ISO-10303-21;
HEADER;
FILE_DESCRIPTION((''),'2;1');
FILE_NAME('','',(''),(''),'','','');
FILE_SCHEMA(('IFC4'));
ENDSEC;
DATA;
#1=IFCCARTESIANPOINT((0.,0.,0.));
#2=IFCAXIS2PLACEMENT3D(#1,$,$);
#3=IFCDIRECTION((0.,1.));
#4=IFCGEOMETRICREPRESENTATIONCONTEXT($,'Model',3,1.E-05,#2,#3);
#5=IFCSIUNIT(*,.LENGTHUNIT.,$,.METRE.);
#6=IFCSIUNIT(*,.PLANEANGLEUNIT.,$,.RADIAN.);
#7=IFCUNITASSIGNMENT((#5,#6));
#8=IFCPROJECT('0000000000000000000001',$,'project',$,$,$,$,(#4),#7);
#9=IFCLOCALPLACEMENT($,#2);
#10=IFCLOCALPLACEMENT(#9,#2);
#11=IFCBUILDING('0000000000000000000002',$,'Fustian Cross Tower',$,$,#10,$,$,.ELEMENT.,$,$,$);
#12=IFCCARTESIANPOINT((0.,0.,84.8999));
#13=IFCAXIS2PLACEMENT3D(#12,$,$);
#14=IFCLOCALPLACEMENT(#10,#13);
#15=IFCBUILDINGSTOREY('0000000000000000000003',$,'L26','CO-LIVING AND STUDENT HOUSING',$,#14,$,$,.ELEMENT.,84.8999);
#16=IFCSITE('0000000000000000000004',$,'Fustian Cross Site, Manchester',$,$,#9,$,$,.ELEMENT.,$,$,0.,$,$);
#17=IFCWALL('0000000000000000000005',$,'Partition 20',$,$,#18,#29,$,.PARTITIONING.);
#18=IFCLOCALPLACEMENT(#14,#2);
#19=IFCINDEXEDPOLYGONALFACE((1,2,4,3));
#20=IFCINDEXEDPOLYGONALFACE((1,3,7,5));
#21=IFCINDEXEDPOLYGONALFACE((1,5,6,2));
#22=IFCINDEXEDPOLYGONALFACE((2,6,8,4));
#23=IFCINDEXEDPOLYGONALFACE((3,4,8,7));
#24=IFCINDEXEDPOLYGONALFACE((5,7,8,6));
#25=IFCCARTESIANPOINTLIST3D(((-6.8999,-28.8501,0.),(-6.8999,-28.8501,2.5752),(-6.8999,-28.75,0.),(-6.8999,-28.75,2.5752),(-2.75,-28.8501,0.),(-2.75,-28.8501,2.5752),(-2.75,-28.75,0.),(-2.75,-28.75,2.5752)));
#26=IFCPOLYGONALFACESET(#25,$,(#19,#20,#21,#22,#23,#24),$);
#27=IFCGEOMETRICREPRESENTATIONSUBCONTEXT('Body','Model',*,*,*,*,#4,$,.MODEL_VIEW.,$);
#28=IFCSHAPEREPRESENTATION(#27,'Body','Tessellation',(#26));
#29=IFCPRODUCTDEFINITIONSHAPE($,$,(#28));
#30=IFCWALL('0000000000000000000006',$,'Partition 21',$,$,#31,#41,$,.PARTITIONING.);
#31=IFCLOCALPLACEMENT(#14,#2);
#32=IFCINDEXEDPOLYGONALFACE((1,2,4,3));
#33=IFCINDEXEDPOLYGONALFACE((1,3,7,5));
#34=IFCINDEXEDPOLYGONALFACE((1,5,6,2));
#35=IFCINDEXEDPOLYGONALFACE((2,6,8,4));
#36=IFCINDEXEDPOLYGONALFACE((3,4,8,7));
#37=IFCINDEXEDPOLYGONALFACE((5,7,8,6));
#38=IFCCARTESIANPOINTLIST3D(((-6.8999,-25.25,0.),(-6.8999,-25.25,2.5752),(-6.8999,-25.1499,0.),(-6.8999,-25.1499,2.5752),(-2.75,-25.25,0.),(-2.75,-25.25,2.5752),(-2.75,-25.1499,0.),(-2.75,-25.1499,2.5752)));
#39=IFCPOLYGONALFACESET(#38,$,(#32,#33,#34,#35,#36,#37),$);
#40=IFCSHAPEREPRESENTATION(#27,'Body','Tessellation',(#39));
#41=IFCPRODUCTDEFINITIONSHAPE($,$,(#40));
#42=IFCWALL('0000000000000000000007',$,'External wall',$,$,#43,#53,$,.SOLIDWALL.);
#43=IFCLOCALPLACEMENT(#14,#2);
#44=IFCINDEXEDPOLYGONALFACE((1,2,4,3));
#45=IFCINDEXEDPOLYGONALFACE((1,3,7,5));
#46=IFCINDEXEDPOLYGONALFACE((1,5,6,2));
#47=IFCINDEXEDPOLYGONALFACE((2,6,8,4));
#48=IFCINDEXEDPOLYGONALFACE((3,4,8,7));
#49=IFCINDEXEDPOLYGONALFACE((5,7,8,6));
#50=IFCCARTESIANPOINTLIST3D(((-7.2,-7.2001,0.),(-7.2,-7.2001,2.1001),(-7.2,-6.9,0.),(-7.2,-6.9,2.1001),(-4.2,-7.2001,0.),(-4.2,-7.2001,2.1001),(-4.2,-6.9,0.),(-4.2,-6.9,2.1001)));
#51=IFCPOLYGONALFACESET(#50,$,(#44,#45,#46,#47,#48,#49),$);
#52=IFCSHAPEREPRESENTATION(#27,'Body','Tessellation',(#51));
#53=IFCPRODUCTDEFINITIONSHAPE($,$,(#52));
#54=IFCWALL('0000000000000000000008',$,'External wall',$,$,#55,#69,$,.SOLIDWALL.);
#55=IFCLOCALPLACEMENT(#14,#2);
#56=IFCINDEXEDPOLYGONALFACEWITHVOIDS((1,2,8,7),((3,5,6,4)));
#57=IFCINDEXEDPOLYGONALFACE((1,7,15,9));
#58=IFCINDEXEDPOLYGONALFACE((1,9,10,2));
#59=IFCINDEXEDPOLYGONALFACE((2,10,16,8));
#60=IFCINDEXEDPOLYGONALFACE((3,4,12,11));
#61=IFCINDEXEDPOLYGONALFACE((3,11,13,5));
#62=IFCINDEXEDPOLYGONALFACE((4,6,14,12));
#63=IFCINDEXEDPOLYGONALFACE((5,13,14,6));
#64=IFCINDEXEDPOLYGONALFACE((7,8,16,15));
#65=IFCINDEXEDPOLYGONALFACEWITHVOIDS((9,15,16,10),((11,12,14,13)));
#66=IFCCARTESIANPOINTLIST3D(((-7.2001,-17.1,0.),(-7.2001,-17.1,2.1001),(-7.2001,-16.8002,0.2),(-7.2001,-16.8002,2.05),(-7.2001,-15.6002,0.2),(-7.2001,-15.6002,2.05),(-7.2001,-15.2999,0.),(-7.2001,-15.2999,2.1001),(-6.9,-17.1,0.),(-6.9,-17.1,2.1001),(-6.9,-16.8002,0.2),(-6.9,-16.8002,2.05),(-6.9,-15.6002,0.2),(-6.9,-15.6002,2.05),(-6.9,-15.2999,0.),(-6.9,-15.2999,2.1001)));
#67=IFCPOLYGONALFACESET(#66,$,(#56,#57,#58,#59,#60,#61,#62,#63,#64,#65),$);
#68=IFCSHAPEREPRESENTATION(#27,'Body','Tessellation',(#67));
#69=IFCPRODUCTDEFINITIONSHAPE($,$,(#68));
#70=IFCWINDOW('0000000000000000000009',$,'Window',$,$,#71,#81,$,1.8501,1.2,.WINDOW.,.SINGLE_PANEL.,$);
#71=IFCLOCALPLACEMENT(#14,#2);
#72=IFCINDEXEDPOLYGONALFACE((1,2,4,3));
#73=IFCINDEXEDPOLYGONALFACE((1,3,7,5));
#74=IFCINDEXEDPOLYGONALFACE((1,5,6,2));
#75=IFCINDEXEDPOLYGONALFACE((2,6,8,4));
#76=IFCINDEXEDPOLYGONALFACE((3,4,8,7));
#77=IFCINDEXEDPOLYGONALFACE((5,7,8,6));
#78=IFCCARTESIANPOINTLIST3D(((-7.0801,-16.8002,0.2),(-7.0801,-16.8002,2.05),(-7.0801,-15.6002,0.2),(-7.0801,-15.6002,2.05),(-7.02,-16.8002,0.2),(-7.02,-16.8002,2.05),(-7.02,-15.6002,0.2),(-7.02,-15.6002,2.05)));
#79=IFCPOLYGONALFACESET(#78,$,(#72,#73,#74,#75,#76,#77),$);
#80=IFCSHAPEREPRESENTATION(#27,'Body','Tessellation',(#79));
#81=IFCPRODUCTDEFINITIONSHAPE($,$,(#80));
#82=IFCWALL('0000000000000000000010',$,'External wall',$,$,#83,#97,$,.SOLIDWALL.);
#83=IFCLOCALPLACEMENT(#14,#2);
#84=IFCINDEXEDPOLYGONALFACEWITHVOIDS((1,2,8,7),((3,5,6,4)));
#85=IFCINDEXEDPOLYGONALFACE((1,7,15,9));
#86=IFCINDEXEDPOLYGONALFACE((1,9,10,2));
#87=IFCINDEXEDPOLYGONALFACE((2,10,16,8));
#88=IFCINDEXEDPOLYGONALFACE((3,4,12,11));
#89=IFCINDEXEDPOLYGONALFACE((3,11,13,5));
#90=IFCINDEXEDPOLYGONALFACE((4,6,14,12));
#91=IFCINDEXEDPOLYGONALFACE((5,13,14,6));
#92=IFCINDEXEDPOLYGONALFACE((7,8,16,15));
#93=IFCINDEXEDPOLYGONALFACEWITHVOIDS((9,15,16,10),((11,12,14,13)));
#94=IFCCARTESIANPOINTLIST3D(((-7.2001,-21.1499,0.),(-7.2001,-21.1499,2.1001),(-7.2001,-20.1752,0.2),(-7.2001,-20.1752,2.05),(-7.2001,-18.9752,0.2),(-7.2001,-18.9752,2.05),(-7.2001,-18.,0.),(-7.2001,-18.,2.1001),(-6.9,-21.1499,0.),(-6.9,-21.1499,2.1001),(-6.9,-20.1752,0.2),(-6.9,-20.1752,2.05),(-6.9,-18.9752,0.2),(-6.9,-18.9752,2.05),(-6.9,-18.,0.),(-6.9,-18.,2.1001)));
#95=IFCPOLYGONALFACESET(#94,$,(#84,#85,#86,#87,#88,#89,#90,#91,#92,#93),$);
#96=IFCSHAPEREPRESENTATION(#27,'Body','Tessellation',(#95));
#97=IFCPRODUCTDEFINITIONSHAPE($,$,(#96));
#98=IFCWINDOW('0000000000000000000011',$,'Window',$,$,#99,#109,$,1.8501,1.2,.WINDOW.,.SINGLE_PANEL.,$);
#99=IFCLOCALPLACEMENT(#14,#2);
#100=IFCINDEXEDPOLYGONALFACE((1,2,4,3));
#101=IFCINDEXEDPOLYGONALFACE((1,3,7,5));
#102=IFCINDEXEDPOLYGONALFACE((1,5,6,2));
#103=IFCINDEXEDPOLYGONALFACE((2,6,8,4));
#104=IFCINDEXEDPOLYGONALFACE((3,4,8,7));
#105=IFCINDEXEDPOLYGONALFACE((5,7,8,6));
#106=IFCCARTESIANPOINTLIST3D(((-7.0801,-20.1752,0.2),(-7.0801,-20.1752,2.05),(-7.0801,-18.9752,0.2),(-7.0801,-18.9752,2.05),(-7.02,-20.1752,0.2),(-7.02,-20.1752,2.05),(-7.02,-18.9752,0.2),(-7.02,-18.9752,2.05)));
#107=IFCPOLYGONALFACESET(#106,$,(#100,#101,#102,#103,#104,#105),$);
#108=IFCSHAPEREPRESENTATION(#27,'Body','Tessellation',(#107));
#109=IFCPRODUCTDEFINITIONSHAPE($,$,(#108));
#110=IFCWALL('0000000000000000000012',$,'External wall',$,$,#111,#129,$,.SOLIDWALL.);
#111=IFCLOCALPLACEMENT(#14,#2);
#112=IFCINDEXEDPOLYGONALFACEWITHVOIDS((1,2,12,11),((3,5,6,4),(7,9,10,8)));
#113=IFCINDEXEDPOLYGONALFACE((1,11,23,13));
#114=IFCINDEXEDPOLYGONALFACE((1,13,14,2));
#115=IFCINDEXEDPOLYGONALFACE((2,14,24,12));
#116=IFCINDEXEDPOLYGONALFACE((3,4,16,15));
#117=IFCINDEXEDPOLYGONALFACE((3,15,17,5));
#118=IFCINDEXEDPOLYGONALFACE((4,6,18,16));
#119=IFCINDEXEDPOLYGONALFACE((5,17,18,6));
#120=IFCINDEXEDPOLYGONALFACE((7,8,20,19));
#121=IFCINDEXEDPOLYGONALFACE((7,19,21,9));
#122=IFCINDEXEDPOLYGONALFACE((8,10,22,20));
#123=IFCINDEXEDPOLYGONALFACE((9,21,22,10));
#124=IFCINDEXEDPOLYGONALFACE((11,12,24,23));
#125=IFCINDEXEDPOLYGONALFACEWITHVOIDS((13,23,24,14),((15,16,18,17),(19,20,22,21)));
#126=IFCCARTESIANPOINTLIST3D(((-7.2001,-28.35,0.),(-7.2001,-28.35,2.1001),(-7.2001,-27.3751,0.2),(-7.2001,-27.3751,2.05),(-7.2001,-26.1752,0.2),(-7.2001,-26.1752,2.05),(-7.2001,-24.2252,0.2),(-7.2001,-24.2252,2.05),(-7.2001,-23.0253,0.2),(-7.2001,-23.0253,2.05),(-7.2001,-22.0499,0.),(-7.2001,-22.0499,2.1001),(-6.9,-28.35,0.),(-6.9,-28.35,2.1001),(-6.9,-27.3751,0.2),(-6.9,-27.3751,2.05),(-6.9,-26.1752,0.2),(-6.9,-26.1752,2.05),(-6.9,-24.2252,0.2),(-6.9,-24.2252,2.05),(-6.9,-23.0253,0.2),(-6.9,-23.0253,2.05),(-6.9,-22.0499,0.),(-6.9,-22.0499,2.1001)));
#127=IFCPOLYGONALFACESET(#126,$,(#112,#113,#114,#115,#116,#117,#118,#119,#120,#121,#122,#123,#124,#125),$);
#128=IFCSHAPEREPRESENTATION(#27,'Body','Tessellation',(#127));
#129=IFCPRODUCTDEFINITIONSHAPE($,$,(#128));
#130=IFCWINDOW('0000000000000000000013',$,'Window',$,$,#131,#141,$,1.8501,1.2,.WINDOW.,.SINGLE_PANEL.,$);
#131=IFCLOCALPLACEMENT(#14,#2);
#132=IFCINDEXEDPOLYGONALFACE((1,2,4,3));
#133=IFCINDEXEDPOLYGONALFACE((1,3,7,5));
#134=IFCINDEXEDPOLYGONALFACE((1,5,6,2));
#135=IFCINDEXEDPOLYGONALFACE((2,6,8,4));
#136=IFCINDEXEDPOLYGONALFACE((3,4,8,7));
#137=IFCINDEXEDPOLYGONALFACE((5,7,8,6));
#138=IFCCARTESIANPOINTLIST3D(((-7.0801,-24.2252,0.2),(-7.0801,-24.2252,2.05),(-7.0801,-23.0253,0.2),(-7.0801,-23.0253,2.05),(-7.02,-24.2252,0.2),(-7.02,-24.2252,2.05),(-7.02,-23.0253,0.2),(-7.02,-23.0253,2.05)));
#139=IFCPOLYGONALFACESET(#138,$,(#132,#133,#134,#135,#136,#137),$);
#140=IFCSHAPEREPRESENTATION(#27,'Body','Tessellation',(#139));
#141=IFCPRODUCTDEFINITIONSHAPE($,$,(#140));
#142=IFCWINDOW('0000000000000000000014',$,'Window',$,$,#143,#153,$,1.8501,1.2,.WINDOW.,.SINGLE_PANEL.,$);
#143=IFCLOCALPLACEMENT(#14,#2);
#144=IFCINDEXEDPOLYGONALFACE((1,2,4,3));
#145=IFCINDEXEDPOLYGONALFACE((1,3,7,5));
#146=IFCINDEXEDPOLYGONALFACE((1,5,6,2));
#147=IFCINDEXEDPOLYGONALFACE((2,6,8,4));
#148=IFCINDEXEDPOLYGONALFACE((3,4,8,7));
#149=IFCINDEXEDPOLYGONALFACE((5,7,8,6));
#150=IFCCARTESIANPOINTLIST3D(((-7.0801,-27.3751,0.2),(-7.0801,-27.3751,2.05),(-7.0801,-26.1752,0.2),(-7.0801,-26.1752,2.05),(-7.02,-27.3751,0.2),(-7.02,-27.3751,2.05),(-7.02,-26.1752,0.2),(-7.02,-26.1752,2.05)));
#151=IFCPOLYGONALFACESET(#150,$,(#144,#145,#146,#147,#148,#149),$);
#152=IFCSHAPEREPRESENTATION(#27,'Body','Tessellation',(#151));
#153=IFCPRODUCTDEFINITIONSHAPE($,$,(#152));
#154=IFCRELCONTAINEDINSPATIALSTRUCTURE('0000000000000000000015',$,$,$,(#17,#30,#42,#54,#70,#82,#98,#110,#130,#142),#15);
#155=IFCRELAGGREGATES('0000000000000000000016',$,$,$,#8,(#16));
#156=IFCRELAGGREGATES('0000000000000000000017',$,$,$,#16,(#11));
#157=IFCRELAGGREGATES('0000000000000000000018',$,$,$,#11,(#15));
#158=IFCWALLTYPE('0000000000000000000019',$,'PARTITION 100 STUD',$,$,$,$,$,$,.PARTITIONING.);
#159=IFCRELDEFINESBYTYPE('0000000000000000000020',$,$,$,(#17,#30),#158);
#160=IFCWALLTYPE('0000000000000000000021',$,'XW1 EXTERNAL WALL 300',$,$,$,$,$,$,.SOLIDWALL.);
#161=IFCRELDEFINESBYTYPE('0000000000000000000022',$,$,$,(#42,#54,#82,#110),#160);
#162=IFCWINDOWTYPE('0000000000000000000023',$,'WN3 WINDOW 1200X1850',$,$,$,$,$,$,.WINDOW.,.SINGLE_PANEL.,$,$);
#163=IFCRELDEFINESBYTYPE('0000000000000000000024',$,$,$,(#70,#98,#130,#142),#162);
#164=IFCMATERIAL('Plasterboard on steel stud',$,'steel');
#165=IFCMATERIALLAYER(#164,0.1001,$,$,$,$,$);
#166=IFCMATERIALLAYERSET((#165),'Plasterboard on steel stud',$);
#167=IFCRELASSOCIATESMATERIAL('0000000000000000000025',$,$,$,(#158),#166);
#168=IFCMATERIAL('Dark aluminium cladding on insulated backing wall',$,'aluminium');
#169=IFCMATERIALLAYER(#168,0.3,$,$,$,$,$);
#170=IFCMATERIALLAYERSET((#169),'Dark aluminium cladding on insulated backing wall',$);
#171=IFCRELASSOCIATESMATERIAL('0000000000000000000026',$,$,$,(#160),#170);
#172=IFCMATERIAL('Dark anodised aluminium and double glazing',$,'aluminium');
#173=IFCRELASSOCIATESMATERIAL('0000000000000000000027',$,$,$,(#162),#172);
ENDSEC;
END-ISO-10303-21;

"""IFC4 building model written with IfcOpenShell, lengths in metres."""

from ifc_helpers import new_model, si_unit, direction, frame, frame_2d, origin, place, context, subcontext, project, spatial, rectangle, extrude, material, layer, layer_set, type_object, element, fill, save


model = new_model("IFC4")

# Units and contexts
model_context = context("Model", 3, precision=1e-05, world=origin(), true_north=direction((0.0, 1.0)))
body_context = subcontext(model_context, "Body", "Model", "MODEL_VIEW")
ifc_project = project(units=[si_unit("LENGTHUNIT", "METRE"), si_unit("PLANEANGLEUNIT", "RADIAN")], contexts=[model_context])

# Site, building, storey
site_placement = place(None, origin())
site = spatial("IfcSite", under=ifc_project, at=site_placement, Name="Fustian Cross Site, Manchester", CompositionType="ELEMENT", RefElevation=0.0)
building_placement = place(site_placement, origin())
building = spatial("IfcBuilding", under=site, at=building_placement, Name="Fustian Cross Tower", CompositionType="ELEMENT")
storey_placement = place(building_placement, frame((0.0, 0.0, 84.8999)))
storey = spatial("IfcBuildingStorey", under=building, at=storey_placement, Name="L26", Description="CO-LIVING AND STUDENT HOUSING", CompositionType="ELEMENT", Elevation=84.8999)

# Shared definitions
ifc_material_1 = material(Name="Plasterboard on steel stud", Category="steel")
ifc_layer_1 = layer(ifc_material_1, 0.1001)
ifc_layer_set_1 = layer_set([ifc_layer_1], Name="Plasterboard on steel stud")
wall_type_1 = type_object("IfcWallType", Name="PARTITION 100 STUD", PredefinedType="PARTITIONING", material=ifc_layer_set_1)

# Walls
for number, where, z_axis, x_axis, name in (
    (1, (-6.8999, -28.8, 0.0), (0.0, 0.0, 1.0), (1.0, 0.0, 0.0), "Partition 20"),
    (2, (-6.8999, -25.2, 0.0), (0.0, 0.0, 1.0), (1.0, 0.0, 0.0), "Partition 21"),
):
    element("IfcWall", number, at=place(storey_placement, frame(where, z_axis=z_axis, x_axis=x_axis)), inside=storey, type_object=wall_type_1, Name=name, PredefinedType="PARTITIONING", context=body_context, shape_type="SweptSolid", body=[
        extrude(rectangle(XDim=4.1499, YDim=0.1001, at=frame_2d((2.075, 0.0))), origin(), (0.0, 0.0, 1.0), 2.5752),
    ])
ifc_material_2 = material(Name="Dark aluminium cladding on insulated backing wall", Category="aluminium")
ifc_layer_2 = layer(ifc_material_2, 0.3)
ifc_layer_set_2 = layer_set([ifc_layer_2], Name="Dark aluminium cladding on insulated backing wall")
wall_type_2 = type_object("IfcWallType", Name="XW1 EXTERNAL WALL 300", PredefinedType="SOLIDWALL", material=ifc_layer_set_2)
wall_1_placement = place(storey_placement, frame((-7.2, -7.05, 0.0), z_axis=(0.0, 0.0, 1.0), x_axis=(1.0, 0.0, 0.0)))
element("IfcWall", 3, at=wall_1_placement, inside=storey, type_object=wall_type_2, Name="External wall", PredefinedType="SOLIDWALL", context=body_context, shape_type="SweptSolid", body=[
    extrude(rectangle(XDim=3.0, YDim=0.3, at=frame_2d((1.5, 0.0))), origin(), (0.0, 0.0, 1.0), 2.1001),
])

# Walls, openings, windows
wall_2_placement = place(storey_placement, frame((-7.05, -15.3, 0.0), z_axis=(0.0, 0.0, 1.0), x_axis=(0.0, -1.0, 0.0)))
wall_2 = element("IfcWall", 4, at=wall_2_placement, inside=storey, type_object=wall_type_2, Name="External wall", PredefinedType="SOLIDWALL", context=body_context, shape_type="SweptSolid", body=[
    extrude(rectangle(XDim=1.8, YDim=0.3, at=frame_2d((0.8999, 0.0))), origin(), (0.0, 0.0, 1.0), 2.1001),
])
opening_1_placement = place(wall_2_placement, frame((0.3, 0.0, 0.2)))
opening_1 = element("IfcOpeningElement", 5, at=opening_1_placement, cuts=wall_2, PredefinedType="OPENING", context=body_context, shape_type="SweptSolid", body=[
    extrude(rectangle(XDim=1.2, YDim=1.8501, at=frame_2d((0.6001, 0.925))), frame((0.0, 0.1599, 0.0), z_axis=(0.0, -1.0, 0.0), x_axis=(1.0, 0.0, 0.0)), (0.0, 0.0, 1.0), 0.3201),
])
ifc_material_3 = material(Name="Dark anodised aluminium and double glazing", Category="aluminium")
window_type_1 = type_object("IfcWindowType", Name="WN3 WINDOW 1200X1850", PartitioningType="SINGLE_PANEL", PredefinedType="WINDOW", material=ifc_material_3)
window_1_placement = place(opening_1_placement, origin())
window_1 = element("IfcWindow", 6, at=window_1_placement, inside=storey, type_object=window_type_1, Name="Window", OverallHeight=1.8501, OverallWidth=1.2, PartitioningType="SINGLE_PANEL", PredefinedType="WINDOW", context=body_context, shape_type="SweptSolid", body=[
    extrude(rectangle(XDim=1.2, YDim=1.8501, at=frame_2d((0.6001, 0.925))), frame((0.0, 0.03, 0.0), z_axis=(0.0, -1.0, 0.0), x_axis=(1.0, 0.0, 0.0)), (0.0, 0.0, 1.0), 0.0601),
])
fill(opening_1, window_1)
wall_3_placement = place(storey_placement, frame((-7.05, -18.0, 0.0), z_axis=(0.0, 0.0, 1.0), x_axis=(0.0, -1.0, 0.0)))
wall_3 = element("IfcWall", 7, at=wall_3_placement, inside=storey, type_object=wall_type_2, Name="External wall", PredefinedType="SOLIDWALL", context=body_context, shape_type="SweptSolid", body=[
    extrude(rectangle(XDim=3.1499, YDim=0.3, at=frame_2d((1.575, 0.0))), origin(), (0.0, 0.0, 1.0), 2.1001),
])
opening_2_placement = place(wall_3_placement, frame((0.9751, 0.0, 0.2)))
opening_2 = element("IfcOpeningElement", 8, at=opening_2_placement, cuts=wall_3, PredefinedType="OPENING", context=body_context, shape_type="SweptSolid", body=[
    extrude(rectangle(XDim=1.2, YDim=1.8501, at=frame_2d((0.6001, 0.925))), frame((0.0, 0.1599, 0.0), z_axis=(0.0, -1.0, 0.0), x_axis=(1.0, 0.0, 0.0)), (0.0, 0.0, 1.0), 0.3201),
])
window_2_placement = place(opening_2_placement, origin())
window_2 = element("IfcWindow", 9, at=window_2_placement, inside=storey, type_object=window_type_1, Name="Window", OverallHeight=1.8501, OverallWidth=1.2, PartitioningType="SINGLE_PANEL", PredefinedType="WINDOW", context=body_context, shape_type="SweptSolid", body=[
    extrude(rectangle(XDim=1.2, YDim=1.8501, at=frame_2d((0.6001, 0.925))), frame((0.0, 0.03, 0.0), z_axis=(0.0, -1.0, 0.0), x_axis=(1.0, 0.0, 0.0)), (0.0, 0.0, 1.0), 0.0601),
])
fill(opening_2, window_2)

# Wall, openings, windows
wall_4_placement = place(storey_placement, frame((-7.05, -22.05, 0.0), z_axis=(0.0, 0.0, 1.0), x_axis=(0.0, -1.0, 0.0)))
wall_4 = element("IfcWall", 10, at=wall_4_placement, inside=storey, type_object=wall_type_2, Name="External wall", PredefinedType="SOLIDWALL", context=body_context, shape_type="SweptSolid", body=[
    extrude(rectangle(XDim=6.3, YDim=0.3, at=frame_2d((3.1499, 0.0))), origin(), (0.0, 0.0, 1.0), 2.1001),
])
opening_3_placement = place(wall_4_placement, frame((0.9751, 0.0, 0.2)))
opening_3 = element("IfcOpeningElement", 11, at=opening_3_placement, cuts=wall_4, PredefinedType="OPENING", context=body_context, shape_type="SweptSolid", body=[
    extrude(rectangle(XDim=1.2, YDim=1.8501, at=frame_2d((0.6001, 0.925))), frame((0.0, 0.1599, 0.0), z_axis=(0.0, -1.0, 0.0), x_axis=(1.0, 0.0, 0.0)), (0.0, 0.0, 1.0), 0.3201),
])
opening_4_placement = place(wall_4_placement, frame((4.125, 0.0, 0.2)))
opening_4 = element("IfcOpeningElement", 12, at=opening_4_placement, cuts=wall_4, PredefinedType="OPENING", context=body_context, shape_type="SweptSolid", body=[
    extrude(rectangle(XDim=1.2, YDim=1.8501, at=frame_2d((0.6001, 0.925))), frame((0.0, 0.1599, 0.0), z_axis=(0.0, -1.0, 0.0), x_axis=(1.0, 0.0, 0.0)), (0.0, 0.0, 1.0), 0.3201),
])
window_3_placement = place(opening_3_placement, origin())
window_3 = element("IfcWindow", 13, at=window_3_placement, inside=storey, type_object=window_type_1, Name="Window", OverallHeight=1.8501, OverallWidth=1.2, PartitioningType="SINGLE_PANEL", PredefinedType="WINDOW", context=body_context, shape_type="SweptSolid", body=[
    extrude(rectangle(XDim=1.2, YDim=1.8501, at=frame_2d((0.6001, 0.925))), frame((0.0, 0.03, 0.0), z_axis=(0.0, -1.0, 0.0), x_axis=(1.0, 0.0, 0.0)), (0.0, 0.0, 1.0), 0.0601),
])
fill(opening_3, window_3)
window_4_placement = place(opening_4_placement, origin())
window_4 = element("IfcWindow", 14, at=window_4_placement, inside=storey, type_object=window_type_1, Name="Window", OverallHeight=1.8501, OverallWidth=1.2, PartitioningType="SINGLE_PANEL", PredefinedType="WINDOW", context=body_context, shape_type="SweptSolid", body=[
    extrude(rectangle(XDim=1.2, YDim=1.8501, at=frame_2d((0.6001, 0.925))), frame((0.0, 0.03, 0.0), z_axis=(0.0, -1.0, 0.0), x_axis=(1.0, 0.0, 0.0)), (0.0, 0.0, 1.0), 0.0601),
])
fill(opening_4, window_4)

save(model, "model.ifc")
